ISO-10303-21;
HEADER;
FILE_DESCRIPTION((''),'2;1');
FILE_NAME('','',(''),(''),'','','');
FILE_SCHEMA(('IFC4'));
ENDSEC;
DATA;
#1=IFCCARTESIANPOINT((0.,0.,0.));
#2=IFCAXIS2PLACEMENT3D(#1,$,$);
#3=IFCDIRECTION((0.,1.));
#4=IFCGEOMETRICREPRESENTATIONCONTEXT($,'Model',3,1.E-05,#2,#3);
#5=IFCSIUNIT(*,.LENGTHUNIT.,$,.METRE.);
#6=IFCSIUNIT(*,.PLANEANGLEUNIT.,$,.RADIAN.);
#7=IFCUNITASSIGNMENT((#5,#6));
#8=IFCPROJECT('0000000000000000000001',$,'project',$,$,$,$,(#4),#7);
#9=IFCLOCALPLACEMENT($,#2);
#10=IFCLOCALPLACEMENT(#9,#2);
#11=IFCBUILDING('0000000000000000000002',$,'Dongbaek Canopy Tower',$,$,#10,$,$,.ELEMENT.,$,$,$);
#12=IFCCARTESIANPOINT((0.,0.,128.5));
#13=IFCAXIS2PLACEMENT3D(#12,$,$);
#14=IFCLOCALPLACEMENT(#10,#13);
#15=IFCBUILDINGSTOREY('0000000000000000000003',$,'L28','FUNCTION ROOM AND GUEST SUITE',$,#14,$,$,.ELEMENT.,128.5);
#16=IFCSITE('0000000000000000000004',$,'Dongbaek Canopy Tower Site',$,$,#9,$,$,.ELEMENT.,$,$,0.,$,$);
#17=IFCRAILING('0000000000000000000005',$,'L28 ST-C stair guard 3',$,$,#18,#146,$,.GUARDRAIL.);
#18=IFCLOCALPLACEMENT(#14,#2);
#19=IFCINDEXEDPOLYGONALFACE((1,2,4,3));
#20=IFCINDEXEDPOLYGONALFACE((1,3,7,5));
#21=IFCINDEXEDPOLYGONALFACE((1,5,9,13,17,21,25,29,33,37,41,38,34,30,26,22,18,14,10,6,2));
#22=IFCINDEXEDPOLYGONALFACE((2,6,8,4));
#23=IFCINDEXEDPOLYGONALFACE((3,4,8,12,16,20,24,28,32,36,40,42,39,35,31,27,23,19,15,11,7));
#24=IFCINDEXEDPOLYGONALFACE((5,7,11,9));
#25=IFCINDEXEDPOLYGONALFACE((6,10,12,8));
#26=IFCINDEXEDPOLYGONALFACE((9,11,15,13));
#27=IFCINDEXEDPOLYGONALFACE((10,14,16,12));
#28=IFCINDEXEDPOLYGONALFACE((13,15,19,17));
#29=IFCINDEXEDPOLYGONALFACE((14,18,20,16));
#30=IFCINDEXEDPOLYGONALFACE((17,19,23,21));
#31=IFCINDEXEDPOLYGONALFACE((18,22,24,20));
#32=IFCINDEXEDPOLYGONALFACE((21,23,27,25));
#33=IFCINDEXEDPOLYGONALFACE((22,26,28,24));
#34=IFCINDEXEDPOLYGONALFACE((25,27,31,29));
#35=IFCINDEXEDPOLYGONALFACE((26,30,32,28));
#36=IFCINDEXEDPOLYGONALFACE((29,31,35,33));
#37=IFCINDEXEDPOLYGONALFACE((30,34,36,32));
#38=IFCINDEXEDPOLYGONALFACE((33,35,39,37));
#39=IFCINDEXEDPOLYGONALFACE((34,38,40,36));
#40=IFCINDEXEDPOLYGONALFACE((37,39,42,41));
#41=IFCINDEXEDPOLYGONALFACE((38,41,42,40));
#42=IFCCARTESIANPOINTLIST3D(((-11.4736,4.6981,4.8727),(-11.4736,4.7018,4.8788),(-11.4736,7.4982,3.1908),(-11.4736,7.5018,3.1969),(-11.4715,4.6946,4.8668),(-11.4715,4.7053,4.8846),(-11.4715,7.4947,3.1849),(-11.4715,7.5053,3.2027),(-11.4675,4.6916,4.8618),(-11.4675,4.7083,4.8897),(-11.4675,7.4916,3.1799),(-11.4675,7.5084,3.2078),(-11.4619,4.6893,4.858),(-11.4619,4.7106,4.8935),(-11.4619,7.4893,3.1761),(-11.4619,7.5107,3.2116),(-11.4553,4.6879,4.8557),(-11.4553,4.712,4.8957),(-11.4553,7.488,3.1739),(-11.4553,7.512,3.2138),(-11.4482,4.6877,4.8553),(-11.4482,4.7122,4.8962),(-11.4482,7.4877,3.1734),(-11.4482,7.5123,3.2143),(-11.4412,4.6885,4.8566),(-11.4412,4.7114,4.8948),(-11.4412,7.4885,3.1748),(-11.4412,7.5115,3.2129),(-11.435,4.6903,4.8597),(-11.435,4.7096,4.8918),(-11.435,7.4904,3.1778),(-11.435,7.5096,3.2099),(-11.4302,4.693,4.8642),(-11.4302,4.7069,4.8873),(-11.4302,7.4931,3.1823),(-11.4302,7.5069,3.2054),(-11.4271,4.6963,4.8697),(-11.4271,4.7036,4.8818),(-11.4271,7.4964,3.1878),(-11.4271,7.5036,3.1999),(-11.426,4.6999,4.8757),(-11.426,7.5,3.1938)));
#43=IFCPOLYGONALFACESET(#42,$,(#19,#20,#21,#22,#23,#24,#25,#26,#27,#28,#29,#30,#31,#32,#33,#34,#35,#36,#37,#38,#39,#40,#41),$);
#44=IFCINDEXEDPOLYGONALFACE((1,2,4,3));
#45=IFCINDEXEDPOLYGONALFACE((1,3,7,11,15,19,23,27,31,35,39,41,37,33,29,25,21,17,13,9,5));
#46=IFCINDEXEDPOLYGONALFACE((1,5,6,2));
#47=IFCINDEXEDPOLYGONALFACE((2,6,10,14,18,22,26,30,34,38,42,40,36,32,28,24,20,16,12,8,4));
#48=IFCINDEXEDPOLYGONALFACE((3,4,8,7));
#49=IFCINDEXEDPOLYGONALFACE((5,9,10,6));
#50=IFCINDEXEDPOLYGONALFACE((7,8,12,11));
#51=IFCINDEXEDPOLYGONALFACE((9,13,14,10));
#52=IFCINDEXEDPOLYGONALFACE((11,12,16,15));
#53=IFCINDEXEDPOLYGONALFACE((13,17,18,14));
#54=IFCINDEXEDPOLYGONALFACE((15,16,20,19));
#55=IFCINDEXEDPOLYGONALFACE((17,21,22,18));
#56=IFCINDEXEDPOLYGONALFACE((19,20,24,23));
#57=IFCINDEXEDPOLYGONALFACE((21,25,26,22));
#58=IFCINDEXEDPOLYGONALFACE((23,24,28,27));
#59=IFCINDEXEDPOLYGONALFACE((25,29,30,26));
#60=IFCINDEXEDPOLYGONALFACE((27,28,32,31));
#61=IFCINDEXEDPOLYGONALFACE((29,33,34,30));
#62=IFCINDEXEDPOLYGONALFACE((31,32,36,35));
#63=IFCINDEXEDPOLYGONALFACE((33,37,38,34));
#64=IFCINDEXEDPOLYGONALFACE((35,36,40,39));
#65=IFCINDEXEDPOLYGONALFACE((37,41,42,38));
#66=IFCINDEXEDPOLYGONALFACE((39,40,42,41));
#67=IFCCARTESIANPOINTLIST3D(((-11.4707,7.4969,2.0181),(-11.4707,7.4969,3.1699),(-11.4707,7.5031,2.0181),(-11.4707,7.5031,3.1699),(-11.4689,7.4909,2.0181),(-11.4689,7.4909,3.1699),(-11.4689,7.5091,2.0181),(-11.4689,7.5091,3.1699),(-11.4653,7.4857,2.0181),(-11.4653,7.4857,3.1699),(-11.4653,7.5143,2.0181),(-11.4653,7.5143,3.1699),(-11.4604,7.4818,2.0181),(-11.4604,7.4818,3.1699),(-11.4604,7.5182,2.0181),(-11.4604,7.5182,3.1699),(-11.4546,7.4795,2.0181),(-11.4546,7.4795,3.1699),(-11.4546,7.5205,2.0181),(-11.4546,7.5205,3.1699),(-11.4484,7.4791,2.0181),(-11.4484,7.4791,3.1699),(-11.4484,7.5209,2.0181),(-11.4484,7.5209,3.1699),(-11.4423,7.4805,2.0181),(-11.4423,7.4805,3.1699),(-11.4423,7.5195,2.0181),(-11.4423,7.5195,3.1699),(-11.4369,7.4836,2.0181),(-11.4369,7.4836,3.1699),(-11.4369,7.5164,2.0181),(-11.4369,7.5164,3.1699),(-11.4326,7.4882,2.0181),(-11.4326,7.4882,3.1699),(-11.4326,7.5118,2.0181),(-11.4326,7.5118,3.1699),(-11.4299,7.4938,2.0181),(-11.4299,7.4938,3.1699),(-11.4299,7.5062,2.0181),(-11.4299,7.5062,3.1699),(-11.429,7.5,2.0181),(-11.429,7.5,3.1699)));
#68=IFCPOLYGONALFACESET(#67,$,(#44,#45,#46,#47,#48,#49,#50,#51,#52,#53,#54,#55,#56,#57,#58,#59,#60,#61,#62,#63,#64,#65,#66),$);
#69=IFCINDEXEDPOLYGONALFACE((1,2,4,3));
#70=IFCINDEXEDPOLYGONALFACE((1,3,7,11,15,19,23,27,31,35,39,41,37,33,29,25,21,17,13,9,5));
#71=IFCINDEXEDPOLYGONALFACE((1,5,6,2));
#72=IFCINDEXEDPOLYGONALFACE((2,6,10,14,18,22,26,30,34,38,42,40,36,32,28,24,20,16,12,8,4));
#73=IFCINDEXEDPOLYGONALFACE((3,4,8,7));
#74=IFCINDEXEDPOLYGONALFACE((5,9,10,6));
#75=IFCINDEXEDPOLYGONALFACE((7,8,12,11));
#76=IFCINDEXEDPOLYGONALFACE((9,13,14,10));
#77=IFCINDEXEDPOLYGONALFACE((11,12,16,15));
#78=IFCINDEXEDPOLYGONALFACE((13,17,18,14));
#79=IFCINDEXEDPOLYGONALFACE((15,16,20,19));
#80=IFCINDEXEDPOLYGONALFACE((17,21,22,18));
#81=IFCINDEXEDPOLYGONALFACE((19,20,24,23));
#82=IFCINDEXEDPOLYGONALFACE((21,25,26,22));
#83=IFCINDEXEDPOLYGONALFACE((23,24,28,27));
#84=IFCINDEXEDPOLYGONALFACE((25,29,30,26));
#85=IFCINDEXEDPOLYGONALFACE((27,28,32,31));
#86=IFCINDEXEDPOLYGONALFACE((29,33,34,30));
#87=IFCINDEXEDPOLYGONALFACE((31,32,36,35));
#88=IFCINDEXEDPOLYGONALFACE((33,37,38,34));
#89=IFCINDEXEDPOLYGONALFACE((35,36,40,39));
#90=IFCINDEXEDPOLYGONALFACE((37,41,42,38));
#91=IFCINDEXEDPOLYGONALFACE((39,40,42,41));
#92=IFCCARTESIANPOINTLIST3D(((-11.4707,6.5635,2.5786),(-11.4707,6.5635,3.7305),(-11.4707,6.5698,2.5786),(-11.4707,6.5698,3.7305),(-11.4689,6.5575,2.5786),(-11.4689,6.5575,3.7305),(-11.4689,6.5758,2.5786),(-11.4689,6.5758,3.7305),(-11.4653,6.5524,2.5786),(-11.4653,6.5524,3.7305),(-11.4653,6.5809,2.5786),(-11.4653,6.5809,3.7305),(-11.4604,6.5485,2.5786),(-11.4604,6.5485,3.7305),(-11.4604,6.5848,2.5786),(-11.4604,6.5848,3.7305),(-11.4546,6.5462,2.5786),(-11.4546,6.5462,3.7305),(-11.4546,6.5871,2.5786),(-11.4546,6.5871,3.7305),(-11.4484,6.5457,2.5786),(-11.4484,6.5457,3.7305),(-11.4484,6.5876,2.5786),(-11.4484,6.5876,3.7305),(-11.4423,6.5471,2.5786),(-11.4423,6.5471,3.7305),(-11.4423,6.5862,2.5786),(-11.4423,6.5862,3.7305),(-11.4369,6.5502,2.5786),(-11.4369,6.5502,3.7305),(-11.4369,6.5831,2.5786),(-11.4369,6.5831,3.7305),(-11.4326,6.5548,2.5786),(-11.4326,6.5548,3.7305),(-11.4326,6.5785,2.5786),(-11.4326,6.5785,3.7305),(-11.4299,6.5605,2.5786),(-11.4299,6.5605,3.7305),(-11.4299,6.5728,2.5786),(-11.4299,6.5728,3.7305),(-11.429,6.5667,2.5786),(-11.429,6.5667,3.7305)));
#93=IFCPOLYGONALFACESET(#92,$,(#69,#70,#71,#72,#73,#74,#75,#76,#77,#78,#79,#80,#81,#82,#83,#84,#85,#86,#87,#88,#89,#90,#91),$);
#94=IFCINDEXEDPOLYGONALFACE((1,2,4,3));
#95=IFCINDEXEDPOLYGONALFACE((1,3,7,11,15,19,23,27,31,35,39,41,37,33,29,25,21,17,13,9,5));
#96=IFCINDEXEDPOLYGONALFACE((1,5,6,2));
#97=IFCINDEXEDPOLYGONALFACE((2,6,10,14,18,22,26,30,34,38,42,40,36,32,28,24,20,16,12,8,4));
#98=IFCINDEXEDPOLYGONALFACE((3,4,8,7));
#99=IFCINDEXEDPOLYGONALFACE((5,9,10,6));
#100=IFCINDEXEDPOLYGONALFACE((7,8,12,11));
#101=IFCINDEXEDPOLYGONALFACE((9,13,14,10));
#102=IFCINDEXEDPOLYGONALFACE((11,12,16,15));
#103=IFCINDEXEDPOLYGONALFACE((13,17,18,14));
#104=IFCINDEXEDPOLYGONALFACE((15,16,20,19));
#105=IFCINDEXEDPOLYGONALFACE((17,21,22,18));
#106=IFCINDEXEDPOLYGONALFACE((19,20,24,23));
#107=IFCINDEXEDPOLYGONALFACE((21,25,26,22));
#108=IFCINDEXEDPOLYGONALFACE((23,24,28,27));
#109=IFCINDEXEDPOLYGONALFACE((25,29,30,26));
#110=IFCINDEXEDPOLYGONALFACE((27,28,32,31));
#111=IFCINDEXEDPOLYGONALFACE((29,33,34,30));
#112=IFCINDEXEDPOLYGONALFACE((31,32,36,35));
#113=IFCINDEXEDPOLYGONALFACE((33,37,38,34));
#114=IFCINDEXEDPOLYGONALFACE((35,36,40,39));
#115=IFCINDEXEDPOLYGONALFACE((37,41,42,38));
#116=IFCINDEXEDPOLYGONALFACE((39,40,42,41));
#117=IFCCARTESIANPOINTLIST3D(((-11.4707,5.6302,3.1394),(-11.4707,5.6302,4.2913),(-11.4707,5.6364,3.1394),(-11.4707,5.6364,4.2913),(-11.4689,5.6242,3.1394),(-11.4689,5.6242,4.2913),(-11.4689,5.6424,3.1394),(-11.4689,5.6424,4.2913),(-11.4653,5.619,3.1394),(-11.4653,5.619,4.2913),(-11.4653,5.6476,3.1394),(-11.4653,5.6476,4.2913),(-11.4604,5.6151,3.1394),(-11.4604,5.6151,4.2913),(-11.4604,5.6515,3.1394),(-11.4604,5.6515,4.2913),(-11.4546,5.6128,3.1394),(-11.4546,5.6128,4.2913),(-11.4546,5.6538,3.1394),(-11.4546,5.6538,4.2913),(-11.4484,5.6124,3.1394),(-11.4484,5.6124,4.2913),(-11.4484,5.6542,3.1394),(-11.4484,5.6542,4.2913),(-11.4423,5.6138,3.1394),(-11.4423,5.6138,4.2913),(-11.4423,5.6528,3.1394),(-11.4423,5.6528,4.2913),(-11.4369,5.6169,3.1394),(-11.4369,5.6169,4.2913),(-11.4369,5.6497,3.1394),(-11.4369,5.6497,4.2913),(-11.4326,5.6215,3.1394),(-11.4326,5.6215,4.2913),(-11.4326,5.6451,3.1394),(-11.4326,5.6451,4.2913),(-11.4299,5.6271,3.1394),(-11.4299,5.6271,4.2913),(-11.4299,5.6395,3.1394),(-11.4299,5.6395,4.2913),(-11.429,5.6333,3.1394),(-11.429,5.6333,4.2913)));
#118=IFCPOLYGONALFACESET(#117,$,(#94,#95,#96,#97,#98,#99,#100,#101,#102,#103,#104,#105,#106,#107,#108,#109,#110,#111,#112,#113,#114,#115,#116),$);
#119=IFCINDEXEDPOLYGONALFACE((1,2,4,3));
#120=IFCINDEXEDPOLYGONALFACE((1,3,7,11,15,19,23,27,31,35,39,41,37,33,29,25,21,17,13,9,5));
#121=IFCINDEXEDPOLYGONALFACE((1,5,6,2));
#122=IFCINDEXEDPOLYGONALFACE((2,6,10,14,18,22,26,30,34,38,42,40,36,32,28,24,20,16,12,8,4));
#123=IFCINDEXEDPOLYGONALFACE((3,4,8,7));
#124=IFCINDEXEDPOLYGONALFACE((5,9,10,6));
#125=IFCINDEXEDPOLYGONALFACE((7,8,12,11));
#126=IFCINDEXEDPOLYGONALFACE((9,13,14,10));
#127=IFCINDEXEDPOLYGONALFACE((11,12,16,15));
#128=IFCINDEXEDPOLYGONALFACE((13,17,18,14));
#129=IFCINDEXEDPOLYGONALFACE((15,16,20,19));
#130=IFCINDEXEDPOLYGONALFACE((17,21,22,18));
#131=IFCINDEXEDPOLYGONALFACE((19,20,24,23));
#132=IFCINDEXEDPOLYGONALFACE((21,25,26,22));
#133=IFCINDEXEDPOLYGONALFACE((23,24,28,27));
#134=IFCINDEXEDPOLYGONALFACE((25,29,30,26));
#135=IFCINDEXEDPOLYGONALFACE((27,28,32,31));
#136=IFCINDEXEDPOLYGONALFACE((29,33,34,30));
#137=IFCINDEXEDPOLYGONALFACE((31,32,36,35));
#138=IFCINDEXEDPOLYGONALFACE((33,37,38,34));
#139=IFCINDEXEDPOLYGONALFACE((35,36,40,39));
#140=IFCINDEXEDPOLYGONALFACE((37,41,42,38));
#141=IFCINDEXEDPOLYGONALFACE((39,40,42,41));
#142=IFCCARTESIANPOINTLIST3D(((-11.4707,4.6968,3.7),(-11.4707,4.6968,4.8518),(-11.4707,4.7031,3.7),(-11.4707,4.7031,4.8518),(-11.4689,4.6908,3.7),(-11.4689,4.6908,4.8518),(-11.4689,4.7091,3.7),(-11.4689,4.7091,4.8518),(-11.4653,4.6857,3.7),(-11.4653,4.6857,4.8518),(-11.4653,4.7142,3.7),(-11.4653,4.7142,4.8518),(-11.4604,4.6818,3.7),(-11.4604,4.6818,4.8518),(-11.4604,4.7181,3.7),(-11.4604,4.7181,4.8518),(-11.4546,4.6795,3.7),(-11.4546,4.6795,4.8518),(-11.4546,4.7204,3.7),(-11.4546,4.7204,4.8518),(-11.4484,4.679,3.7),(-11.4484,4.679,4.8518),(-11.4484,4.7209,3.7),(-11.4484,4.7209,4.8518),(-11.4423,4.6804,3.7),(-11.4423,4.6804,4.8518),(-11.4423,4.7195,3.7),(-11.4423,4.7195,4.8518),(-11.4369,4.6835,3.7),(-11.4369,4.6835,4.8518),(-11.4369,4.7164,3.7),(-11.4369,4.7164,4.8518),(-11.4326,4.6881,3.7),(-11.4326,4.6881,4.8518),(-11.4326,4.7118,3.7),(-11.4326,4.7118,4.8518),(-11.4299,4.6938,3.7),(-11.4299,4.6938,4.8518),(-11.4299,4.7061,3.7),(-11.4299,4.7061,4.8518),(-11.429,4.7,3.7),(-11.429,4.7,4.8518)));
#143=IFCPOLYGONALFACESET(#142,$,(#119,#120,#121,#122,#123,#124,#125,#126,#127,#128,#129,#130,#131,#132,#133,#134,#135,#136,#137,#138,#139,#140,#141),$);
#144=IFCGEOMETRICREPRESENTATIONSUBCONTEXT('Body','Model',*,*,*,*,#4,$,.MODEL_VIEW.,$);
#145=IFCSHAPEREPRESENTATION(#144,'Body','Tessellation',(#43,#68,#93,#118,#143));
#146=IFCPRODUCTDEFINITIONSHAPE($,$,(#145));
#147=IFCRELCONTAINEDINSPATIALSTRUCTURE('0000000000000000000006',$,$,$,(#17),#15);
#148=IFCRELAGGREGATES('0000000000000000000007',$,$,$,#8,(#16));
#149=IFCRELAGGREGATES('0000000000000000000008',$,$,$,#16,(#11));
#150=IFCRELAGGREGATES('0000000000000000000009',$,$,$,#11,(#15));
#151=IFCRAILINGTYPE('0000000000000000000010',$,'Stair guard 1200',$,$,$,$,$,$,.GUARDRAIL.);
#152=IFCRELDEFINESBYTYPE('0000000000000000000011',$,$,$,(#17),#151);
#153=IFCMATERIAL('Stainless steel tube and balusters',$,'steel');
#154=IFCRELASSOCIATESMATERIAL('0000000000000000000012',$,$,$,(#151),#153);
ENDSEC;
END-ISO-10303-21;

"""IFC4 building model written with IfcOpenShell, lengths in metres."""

from ifc_helpers import new_model, si_unit, direction, frame, origin, origin_2d, place, context, subcontext, project, spatial, circle, extrude, material, type_object, element, save


model = new_model("IFC4")

# Units and contexts
model_context = context("Model", 3, precision=1e-05, world=origin(), true_north=direction((0.0, 1.0)))
body_context = subcontext(model_context, "Body", "Model", "MODEL_VIEW")
ifc_project = project(units=[si_unit("LENGTHUNIT", "METRE"), si_unit("PLANEANGLEUNIT", "RADIAN")], contexts=[model_context])

# Site, building, storey
site_placement = place(None, origin())
site = spatial("IfcSite", under=ifc_project, at=site_placement, Name="Dongbaek Canopy Tower Site", CompositionType="ELEMENT", RefElevation=0.0)
building_placement = place(site_placement, origin())
building = spatial("IfcBuilding", under=site, at=building_placement, Name="Dongbaek Canopy Tower", CompositionType="ELEMENT")
storey_placement = place(building_placement, frame((0.0, 0.0, 128.5)))
storey = spatial("IfcBuildingStorey", under=building, at=storey_placement, Name="L28", Description="FUNCTION ROOM AND GUEST SUITE", CompositionType="ELEMENT", Elevation=128.5)

# Railing
ifc_material_1 = material(Name="Stainless steel tube and balusters", Category="steel")
railing_type_1 = type_object("IfcRailingType", Name="Stair guard 1200", PredefinedType="GUARDRAIL", material=ifc_material_1)
railing_1_placement = place(storey_placement, frame((-11.45, 7.5, 2.0181)))
element("IfcRailing", 1, at=railing_1_placement, inside=storey, type_object=railing_type_1, Name="L28 ST-C stair guard 3", PredefinedType="GUARDRAIL", context=body_context, shape_type="SweptSolid", body=[
    extrude(circle(Radius=0.0239, at=origin_2d()), frame((0.0, 0.0, 1.1758), z_axis=(0.0, -0.857242, 0.514913), x_axis=(1.0, 0.0, 0.0)), (0.0, 0.0, 1.0), 3.2664),
    extrude(circle(Radius=0.021, at=origin_2d()), origin(), (0.0, 0.0, 1.0), 1.1519),
    extrude(circle(Radius=0.021, at=origin_2d()), frame((0.0, -0.9333, 0.5605)), (0.0, 0.0, 1.0), 1.1519),
    extrude(circle(Radius=0.021, at=origin_2d()), frame((0.0, -1.8667, 1.1213)), (0.0, 0.0, 1.0), 1.1519),
    extrude(circle(Radius=0.021, at=origin_2d()), frame((0.0, -2.8, 1.6819)), (0.0, 0.0, 1.0), 1.1519),
])

save(model, "model.ifc")
